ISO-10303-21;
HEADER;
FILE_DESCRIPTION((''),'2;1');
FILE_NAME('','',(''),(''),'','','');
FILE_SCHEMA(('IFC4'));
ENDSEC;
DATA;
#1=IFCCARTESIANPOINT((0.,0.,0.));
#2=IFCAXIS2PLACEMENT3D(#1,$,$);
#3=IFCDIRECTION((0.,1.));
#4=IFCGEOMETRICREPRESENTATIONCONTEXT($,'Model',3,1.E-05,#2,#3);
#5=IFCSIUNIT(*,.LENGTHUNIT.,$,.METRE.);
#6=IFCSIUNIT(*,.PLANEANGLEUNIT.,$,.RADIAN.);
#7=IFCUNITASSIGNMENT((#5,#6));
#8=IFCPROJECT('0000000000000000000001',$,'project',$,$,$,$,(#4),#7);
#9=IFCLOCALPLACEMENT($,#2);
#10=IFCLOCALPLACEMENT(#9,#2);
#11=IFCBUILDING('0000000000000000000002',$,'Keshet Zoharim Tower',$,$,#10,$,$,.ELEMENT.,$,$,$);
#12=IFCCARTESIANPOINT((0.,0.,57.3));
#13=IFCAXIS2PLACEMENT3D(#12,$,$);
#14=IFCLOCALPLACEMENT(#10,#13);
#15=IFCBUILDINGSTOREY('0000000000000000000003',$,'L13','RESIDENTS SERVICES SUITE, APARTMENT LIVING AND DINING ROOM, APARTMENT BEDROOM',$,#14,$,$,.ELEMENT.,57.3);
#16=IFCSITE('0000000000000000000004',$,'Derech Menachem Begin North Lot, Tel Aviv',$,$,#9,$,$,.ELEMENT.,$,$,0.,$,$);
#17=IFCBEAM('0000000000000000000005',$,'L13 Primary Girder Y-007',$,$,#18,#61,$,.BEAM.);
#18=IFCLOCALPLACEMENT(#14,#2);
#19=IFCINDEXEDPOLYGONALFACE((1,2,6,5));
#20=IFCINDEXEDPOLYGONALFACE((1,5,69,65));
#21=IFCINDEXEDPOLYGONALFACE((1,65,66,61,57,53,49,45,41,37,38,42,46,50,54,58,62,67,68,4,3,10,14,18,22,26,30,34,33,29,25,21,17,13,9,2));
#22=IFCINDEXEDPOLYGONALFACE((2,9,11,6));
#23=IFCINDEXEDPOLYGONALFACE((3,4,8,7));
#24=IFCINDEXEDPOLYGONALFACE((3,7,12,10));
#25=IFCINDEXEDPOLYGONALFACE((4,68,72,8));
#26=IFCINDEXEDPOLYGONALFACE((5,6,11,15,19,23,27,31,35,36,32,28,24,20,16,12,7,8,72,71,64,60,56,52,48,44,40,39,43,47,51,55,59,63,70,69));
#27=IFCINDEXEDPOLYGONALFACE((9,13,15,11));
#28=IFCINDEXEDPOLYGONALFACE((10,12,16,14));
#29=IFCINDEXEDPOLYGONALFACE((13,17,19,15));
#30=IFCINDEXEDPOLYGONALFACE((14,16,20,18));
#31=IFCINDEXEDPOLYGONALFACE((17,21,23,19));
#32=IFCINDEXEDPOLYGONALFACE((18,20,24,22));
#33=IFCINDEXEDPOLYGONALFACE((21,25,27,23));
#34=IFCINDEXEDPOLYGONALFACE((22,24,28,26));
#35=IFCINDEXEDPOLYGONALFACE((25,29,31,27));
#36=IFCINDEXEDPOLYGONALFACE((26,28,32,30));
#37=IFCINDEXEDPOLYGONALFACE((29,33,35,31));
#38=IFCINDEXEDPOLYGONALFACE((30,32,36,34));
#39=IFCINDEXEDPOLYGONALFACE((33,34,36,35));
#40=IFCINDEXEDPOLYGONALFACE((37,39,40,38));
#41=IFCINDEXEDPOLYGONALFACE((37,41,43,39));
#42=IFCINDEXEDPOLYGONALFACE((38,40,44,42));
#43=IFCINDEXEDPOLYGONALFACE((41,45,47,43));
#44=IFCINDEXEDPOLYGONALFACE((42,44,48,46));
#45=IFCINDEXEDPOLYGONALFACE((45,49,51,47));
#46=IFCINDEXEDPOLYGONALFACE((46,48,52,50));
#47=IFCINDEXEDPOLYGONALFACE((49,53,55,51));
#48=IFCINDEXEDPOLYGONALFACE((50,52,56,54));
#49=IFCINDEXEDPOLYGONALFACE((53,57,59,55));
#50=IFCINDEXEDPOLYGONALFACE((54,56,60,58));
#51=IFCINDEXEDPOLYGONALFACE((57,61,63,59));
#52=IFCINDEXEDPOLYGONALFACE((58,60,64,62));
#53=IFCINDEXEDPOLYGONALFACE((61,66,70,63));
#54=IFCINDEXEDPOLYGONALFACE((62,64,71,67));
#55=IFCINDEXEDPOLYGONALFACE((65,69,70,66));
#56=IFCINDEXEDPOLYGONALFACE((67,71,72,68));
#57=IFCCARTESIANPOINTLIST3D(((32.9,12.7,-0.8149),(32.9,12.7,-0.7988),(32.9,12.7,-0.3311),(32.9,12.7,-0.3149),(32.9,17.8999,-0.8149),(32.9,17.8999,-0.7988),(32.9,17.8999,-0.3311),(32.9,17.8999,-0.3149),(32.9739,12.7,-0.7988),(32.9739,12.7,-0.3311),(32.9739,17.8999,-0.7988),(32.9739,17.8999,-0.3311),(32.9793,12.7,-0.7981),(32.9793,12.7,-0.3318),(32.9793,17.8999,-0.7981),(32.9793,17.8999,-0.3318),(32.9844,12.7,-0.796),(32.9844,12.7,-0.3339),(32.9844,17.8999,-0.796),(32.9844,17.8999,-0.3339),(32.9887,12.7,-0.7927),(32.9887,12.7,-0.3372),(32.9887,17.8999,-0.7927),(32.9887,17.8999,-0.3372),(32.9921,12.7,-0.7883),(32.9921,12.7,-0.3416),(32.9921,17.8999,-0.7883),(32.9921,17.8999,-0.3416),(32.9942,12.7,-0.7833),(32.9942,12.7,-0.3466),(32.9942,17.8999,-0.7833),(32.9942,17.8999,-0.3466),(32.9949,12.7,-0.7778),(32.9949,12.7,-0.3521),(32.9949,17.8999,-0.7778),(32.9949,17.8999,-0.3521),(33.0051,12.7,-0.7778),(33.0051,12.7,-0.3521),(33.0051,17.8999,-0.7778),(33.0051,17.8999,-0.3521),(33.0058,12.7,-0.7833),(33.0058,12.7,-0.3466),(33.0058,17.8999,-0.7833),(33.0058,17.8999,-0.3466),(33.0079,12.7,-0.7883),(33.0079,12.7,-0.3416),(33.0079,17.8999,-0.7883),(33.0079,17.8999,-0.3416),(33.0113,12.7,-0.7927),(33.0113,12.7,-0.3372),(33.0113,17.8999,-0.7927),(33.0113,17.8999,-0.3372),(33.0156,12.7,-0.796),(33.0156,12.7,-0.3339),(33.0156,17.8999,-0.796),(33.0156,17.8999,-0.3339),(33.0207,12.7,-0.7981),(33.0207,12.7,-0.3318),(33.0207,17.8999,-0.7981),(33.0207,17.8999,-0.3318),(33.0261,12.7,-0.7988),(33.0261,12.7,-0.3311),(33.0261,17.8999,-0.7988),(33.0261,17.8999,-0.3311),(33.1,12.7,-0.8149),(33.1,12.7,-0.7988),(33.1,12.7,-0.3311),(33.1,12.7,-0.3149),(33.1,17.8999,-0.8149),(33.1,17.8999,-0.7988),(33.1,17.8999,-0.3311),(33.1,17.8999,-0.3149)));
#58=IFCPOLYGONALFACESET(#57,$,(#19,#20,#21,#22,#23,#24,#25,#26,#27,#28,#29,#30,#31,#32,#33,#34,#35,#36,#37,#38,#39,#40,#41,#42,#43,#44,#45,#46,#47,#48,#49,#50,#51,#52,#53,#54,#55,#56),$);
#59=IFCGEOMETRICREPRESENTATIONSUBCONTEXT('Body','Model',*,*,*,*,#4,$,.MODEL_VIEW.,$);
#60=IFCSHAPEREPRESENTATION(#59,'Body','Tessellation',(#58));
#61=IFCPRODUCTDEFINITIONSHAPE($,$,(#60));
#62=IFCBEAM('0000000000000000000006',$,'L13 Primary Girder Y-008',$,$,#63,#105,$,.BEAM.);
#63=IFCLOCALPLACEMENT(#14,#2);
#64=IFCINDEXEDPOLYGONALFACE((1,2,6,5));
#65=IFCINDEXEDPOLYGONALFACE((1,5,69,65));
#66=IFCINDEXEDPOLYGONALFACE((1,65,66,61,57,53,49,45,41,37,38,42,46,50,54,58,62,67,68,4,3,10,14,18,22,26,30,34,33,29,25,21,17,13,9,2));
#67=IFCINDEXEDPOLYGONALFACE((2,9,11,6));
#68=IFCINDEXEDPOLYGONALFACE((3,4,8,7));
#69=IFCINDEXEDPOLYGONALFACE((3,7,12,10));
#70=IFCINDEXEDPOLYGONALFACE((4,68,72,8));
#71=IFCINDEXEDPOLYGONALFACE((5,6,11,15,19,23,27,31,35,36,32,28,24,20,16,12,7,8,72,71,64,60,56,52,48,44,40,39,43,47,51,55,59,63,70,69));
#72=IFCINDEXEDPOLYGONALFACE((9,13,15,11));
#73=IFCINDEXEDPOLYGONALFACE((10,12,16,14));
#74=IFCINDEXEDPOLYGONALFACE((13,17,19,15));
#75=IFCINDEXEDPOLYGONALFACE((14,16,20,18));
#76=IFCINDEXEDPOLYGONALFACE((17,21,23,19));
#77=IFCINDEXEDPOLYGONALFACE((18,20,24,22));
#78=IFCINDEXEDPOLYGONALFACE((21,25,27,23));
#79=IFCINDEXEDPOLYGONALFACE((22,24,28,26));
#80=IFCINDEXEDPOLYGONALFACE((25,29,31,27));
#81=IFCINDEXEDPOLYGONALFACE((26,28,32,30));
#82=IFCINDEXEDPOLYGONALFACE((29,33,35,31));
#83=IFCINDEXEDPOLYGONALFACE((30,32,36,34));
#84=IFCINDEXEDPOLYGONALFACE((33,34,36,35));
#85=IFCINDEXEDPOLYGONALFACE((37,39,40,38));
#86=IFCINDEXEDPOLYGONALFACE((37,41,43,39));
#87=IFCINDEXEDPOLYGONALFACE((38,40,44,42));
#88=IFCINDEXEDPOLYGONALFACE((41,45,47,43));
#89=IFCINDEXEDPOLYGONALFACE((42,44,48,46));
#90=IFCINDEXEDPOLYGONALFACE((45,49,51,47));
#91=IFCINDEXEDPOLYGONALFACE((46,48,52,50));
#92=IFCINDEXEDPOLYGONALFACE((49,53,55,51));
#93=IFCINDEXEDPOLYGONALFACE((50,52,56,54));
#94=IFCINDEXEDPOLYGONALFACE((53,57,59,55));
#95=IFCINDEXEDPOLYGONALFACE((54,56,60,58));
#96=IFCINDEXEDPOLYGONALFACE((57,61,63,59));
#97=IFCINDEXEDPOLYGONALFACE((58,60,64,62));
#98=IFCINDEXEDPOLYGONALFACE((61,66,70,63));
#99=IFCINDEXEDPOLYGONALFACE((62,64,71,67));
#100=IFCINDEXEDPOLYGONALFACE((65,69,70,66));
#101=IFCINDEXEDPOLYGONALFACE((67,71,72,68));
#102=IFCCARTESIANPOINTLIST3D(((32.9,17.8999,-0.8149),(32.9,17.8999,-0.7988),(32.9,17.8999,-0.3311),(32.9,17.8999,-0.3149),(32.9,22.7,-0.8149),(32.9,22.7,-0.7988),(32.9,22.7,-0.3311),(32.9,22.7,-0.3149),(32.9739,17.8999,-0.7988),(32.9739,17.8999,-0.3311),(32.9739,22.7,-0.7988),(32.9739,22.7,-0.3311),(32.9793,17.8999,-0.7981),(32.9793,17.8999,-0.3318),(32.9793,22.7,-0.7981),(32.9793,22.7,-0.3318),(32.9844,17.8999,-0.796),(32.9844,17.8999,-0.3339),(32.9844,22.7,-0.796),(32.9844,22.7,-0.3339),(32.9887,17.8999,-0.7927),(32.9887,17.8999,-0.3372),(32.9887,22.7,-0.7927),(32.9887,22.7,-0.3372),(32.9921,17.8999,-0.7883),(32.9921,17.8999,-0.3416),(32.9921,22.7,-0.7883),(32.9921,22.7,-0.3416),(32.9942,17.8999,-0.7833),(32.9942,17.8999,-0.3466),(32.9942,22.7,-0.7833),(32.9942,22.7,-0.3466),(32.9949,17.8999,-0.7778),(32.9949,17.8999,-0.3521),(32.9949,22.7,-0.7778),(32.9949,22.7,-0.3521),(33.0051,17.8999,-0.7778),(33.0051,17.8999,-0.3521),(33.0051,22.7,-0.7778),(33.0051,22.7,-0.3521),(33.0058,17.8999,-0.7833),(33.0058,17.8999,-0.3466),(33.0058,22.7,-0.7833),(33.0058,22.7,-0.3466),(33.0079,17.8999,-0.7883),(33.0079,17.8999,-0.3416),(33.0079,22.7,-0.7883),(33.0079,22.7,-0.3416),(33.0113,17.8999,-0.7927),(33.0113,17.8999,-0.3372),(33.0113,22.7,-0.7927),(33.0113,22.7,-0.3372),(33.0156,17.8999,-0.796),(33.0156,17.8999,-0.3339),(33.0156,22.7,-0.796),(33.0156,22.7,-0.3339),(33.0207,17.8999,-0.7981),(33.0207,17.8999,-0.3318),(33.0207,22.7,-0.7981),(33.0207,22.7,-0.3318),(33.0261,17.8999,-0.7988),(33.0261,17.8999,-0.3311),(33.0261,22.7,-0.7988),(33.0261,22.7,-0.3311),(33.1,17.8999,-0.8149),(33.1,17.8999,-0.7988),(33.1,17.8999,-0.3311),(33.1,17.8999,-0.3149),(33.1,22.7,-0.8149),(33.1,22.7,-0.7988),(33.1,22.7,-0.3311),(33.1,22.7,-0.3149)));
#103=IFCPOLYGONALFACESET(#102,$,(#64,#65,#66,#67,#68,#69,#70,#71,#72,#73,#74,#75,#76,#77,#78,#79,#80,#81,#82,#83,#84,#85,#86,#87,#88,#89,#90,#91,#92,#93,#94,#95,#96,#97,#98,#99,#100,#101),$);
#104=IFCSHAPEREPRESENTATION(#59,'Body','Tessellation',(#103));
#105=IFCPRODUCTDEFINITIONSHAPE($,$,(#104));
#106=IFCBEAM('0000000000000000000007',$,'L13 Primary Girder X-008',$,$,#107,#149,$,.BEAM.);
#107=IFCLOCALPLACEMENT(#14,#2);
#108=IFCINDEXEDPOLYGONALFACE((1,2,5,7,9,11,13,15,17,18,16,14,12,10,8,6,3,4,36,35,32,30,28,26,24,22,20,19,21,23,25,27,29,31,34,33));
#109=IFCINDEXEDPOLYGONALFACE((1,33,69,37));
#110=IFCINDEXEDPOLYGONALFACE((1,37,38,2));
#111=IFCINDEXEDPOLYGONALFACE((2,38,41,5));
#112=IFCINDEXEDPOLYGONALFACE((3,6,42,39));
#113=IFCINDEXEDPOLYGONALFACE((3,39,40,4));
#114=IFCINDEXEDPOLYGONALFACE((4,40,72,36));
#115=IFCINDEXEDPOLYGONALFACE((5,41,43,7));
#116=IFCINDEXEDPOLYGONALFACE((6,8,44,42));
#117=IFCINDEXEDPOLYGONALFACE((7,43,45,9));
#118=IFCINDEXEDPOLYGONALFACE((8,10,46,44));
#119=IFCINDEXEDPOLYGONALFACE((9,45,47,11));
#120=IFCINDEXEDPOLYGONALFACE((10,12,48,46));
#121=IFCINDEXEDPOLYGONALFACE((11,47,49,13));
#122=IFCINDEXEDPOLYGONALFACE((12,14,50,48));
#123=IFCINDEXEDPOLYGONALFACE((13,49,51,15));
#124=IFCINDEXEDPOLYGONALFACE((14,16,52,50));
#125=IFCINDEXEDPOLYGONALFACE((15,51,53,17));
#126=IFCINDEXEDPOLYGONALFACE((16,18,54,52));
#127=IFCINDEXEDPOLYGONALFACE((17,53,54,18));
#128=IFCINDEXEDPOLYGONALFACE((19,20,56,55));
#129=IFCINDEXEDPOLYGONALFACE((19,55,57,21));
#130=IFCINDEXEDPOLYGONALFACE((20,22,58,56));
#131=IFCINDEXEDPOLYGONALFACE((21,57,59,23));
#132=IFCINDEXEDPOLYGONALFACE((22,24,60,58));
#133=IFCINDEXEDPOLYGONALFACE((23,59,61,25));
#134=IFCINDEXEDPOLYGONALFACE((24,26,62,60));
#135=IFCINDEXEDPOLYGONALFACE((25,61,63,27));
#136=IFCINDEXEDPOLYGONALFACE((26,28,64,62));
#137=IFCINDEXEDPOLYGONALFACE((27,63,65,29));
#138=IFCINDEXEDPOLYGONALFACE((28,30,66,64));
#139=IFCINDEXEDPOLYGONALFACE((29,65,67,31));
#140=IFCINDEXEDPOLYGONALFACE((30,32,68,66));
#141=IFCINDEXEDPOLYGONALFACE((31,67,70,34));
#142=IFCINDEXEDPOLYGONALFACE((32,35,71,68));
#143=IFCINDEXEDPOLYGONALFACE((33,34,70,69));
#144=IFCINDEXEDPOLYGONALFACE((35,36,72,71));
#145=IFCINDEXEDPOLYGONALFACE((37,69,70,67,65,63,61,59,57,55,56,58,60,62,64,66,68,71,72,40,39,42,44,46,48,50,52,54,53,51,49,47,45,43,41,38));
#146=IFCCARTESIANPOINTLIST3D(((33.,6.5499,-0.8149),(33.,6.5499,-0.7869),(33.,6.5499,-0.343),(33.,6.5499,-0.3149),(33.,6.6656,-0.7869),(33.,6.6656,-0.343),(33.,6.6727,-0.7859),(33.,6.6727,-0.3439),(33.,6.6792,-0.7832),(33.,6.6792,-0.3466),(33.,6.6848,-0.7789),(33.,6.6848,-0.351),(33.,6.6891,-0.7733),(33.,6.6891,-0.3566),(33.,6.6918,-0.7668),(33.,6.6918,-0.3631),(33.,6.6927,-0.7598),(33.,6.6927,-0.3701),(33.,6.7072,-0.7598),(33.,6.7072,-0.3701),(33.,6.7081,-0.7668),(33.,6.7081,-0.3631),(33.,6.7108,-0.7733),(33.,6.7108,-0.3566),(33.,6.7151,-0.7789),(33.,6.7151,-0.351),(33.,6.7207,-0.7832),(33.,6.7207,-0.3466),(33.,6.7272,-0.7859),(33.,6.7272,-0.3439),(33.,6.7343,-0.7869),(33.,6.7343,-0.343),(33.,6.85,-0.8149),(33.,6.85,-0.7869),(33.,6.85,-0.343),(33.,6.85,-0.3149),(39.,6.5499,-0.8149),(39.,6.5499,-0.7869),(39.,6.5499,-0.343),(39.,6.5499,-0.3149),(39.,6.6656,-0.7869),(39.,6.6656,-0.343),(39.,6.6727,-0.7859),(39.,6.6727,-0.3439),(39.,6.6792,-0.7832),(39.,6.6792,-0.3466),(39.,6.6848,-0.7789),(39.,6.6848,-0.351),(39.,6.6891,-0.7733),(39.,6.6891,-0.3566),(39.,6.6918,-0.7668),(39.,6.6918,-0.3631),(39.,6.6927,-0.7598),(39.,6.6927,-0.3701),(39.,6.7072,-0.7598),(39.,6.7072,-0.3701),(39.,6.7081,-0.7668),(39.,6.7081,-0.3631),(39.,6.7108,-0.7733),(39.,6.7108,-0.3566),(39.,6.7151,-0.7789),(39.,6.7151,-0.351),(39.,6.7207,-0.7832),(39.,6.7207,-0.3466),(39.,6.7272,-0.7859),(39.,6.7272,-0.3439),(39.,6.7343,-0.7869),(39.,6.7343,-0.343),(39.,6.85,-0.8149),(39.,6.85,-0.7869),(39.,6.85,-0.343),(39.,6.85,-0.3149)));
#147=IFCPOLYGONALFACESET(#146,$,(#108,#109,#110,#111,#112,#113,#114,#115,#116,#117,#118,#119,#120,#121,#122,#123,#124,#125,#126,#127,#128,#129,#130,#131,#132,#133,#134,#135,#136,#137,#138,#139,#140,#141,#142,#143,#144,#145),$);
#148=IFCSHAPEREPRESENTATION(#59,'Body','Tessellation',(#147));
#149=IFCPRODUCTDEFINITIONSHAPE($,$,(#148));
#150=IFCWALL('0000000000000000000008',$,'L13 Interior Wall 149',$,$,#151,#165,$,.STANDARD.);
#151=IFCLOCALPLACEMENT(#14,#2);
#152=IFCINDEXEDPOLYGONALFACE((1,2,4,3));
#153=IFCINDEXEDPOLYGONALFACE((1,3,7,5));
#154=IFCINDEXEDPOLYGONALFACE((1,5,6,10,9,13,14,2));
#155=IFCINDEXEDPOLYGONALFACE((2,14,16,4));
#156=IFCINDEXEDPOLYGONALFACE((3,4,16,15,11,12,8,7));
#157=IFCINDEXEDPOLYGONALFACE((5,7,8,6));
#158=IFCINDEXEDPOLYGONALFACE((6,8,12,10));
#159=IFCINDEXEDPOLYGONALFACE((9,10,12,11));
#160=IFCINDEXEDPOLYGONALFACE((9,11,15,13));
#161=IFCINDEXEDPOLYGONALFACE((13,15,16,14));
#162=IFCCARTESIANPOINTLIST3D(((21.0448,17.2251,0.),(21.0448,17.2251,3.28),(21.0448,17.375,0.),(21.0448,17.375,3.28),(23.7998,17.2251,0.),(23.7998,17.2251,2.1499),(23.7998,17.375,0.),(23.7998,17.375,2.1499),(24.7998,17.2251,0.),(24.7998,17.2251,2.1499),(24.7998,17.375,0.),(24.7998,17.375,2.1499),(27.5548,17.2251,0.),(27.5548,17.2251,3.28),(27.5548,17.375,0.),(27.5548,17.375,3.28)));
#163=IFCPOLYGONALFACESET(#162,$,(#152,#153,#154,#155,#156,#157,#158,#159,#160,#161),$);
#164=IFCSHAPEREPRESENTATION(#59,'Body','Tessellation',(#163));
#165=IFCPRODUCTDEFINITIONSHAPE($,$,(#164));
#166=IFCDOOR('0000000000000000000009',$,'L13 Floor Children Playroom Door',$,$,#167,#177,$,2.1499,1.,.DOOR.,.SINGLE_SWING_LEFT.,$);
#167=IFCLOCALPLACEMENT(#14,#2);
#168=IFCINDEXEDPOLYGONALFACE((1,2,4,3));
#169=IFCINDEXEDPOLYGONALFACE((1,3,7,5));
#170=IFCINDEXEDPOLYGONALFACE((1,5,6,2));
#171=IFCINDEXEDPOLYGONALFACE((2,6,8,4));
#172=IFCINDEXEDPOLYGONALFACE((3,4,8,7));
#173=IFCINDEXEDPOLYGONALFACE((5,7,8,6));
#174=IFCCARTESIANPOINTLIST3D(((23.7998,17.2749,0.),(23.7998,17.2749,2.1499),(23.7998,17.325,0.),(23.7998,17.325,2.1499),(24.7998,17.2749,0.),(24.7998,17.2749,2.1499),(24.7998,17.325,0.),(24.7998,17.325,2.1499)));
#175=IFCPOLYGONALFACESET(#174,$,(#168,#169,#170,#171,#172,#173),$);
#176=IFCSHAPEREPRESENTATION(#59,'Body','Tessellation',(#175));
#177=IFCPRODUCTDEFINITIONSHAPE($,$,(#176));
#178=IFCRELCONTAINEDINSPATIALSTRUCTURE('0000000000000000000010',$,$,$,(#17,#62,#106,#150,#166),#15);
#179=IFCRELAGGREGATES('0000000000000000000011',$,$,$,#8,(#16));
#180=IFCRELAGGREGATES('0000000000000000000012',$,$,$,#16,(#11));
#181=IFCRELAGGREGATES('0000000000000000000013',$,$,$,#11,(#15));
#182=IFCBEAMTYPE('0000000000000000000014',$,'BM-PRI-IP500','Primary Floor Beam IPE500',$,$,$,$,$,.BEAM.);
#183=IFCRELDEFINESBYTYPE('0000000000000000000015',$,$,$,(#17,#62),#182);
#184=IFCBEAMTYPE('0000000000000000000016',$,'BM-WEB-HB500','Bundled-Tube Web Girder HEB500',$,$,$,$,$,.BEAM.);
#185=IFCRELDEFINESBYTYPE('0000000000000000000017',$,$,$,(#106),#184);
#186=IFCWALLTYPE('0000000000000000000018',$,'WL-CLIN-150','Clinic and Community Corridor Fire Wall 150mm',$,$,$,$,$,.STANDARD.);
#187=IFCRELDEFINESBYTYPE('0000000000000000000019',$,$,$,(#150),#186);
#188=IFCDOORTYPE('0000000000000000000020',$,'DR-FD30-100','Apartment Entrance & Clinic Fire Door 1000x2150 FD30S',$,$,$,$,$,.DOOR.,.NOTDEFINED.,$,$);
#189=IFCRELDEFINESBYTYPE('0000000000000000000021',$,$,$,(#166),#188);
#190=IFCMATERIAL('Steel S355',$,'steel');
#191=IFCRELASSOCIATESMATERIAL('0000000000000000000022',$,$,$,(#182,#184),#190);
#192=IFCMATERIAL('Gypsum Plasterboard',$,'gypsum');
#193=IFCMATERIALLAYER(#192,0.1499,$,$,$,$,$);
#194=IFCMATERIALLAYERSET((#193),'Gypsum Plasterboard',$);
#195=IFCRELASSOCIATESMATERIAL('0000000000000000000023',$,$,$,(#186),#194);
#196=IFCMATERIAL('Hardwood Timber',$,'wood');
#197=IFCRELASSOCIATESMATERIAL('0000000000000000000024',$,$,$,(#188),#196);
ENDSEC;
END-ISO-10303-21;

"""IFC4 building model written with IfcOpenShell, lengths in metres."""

from ifc_helpers import new_model, si_unit, direction, frame, frame_2d, origin, origin_2d, place, context, subcontext, project, spatial, rectangle, i_section, extrude, material, layer, layer_set, material_profile, profile_set, type_object, element, fill, save


model = new_model("IFC4")

# Units and contexts
model_context = context("Model", 3, precision=1e-05, world=origin(), true_north=direction((0.0, 1.0)))
body_context = subcontext(model_context, "Body", "Model", "MODEL_VIEW")
ifc_project = project(units=[si_unit("LENGTHUNIT", "METRE"), si_unit("PLANEANGLEUNIT", "RADIAN")], contexts=[model_context])

# Site, building, storey
site_placement = place(None, origin())
site = spatial("IfcSite", under=ifc_project, at=site_placement, Name="Derech Menachem Begin North Lot, Tel Aviv", CompositionType="ELEMENT", RefElevation=0.0)
building_placement = place(site_placement, origin())
building = spatial("IfcBuilding", under=site, at=building_placement, Name="Keshet Zoharim Tower", CompositionType="ELEMENT")
storey_placement = place(building_placement, frame((0.0, 0.0, 57.3)))
storey = spatial("IfcBuildingStorey", under=building, at=storey_placement, Name="L13", Description="RESIDENTS SERVICES SUITE, APARTMENT LIVING AND DINING ROOM, APARTMENT BEDROOM", CompositionType="ELEMENT", Elevation=57.3)

# Beams
ifc_material_1 = material(Name="Steel S355", Category="steel")
ifc_material_profile_1 = material_profile(ifc_material_1, i_section(OverallWidth=0.2, OverallDepth=0.5, WebThickness=0.0103, FlangeThickness=0.0161, FilletRadius=0.021, at=origin_2d()), Name="IPE500")
ifc_profile_set_1 = profile_set([ifc_material_profile_1], Name="Steel S355")
beam_type_1 = type_object("IfcBeamType", Name="BM-PRI-IP500", Description="Primary Floor Beam IPE500", PredefinedType="BEAM", material=ifc_profile_set_1)
beam_1_placement = place(storey_placement, frame((33.0, 12.7, -0.5649), z_axis=(0.0, 1.0, 0.0), x_axis=(-1.0, 0.0, 0.0)))
element("IfcBeam", 1, at=beam_1_placement, inside=storey, type_object=beam_type_1, Name="L13 Primary Girder Y-007", PredefinedType="BEAM", context=body_context, shape_type="SweptSolid", body=[
    extrude(i_section(OverallWidth=0.2, OverallDepth=0.5, WebThickness=0.0103, FlangeThickness=0.0161, FilletRadius=0.021, at=origin_2d()), origin(), (0.0, 0.0, 1.0), 5.2),
])
beam_2_placement = place(storey_placement, frame((33.0, 17.8999, -0.5649), z_axis=(0.0, 1.0, 0.0), x_axis=(-1.0, 0.0, 0.0)))
element("IfcBeam", 2, at=beam_2_placement, inside=storey, type_object=beam_type_1, Name="L13 Primary Girder Y-008", PredefinedType="BEAM", context=body_context, shape_type="SweptSolid", body=[
    extrude(i_section(OverallWidth=0.2, OverallDepth=0.5, WebThickness=0.0103, FlangeThickness=0.0161, FilletRadius=0.021, at=origin_2d()), origin(), (0.0, 0.0, 1.0), 4.8),
])
ifc_material_profile_2 = material_profile(ifc_material_1, i_section(OverallWidth=0.3, OverallDepth=0.5, WebThickness=0.0144, FlangeThickness=0.0281, FilletRadius=0.0271, at=origin_2d()), Name="HEB500")
ifc_profile_set_2 = profile_set([ifc_material_profile_2], Name="Steel S355")
beam_type_2 = type_object("IfcBeamType", Name="BM-WEB-HB500", Description="Bundled-Tube Web Girder HEB500", PredefinedType="BEAM", material=ifc_profile_set_2)
beam_3_placement = place(storey_placement, frame((33.0, 6.7, -0.5649), z_axis=(1.0, 0.0, 0.0), x_axis=(0.0, 1.0, 0.0)))
element("IfcBeam", 3, at=beam_3_placement, inside=storey, type_object=beam_type_2, Name="L13 Primary Girder X-008", PredefinedType="BEAM", context=body_context, shape_type="SweptSolid", body=[
    extrude(i_section(OverallWidth=0.3, OverallDepth=0.5, WebThickness=0.0144, FlangeThickness=0.0281, FilletRadius=0.0271, at=origin_2d()), origin(), (0.0, 0.0, 1.0), 6.0),
])

# Wall, opening, door
ifc_material_2 = material(Name="Gypsum Plasterboard", Category="gypsum")
ifc_layer_1 = layer(ifc_material_2, 0.1499)
ifc_layer_set_1 = layer_set([ifc_layer_1], Name="Gypsum Plasterboard")
wall_type_1 = type_object("IfcWallType", Name="WL-CLIN-150", Description="Clinic and Community Corridor Fire Wall 150mm", PredefinedType="STANDARD", material=ifc_layer_set_1)
wall_1_placement = place(storey_placement, frame((21.0449, 17.3, 0.0), z_axis=(0.0, 0.0, 1.0), x_axis=(1.0, 0.0, 0.0)))
wall_1 = element("IfcWall", 4, at=wall_1_placement, inside=storey, type_object=wall_type_1, Name="L13 Interior Wall 149", PredefinedType="STANDARD", context=body_context, shape_type="SweptSolid", body=[
    extrude(rectangle(XDim=6.51, YDim=0.1499, at=frame_2d((3.2549, 0.0))), origin(), (0.0, 0.0, 1.0), 3.28),
])
opening_1_placement = place(wall_1_placement, frame((2.7549, 0.0, 0.0)))
opening_1 = element("IfcOpeningElement", 5, at=opening_1_placement, cuts=wall_1, PredefinedType="OPENING", context=body_context, shape_type="SweptSolid", body=[
    extrude(rectangle(XDim=1.0, YDim=2.1499, at=frame_2d((0.5, 1.075))), frame((0.0, 0.085, 0.0), z_axis=(0.0, -1.0, 0.0), x_axis=(1.0, 0.0, 0.0)), (0.0, 0.0, 1.0), 0.1699),
])
ifc_material_3 = material(Name="Hardwood Timber", Category="wood")
door_type_1 = type_object("IfcDoorType", Name="DR-FD30-100", Description="Apartment Entrance & Clinic Fire Door 1000x2150 FD30S", OperationType="NOTDEFINED", PredefinedType="DOOR", material=ifc_material_3)
door_1_placement = place(opening_1_placement, origin())
door_1 = element("IfcDoor", 6, at=door_1_placement, inside=storey, type_object=door_type_1, Name="L13 Floor Children Playroom Door", OperationType="SINGLE_SWING_LEFT", OverallHeight=2.1499, OverallWidth=1.0, PredefinedType="DOOR", context=body_context, shape_type="SweptSolid", body=[
    extrude(rectangle(XDim=1.0, YDim=2.1499, at=frame_2d((0.5, 1.075))), frame((0.0, 0.0249, 0.0), z_axis=(0.0, -1.0, 0.0), x_axis=(1.0, 0.0, 0.0)), (0.0, 0.0, 1.0), 0.05),
])
fill(opening_1, door_1)

save(model, "model.ifc")
